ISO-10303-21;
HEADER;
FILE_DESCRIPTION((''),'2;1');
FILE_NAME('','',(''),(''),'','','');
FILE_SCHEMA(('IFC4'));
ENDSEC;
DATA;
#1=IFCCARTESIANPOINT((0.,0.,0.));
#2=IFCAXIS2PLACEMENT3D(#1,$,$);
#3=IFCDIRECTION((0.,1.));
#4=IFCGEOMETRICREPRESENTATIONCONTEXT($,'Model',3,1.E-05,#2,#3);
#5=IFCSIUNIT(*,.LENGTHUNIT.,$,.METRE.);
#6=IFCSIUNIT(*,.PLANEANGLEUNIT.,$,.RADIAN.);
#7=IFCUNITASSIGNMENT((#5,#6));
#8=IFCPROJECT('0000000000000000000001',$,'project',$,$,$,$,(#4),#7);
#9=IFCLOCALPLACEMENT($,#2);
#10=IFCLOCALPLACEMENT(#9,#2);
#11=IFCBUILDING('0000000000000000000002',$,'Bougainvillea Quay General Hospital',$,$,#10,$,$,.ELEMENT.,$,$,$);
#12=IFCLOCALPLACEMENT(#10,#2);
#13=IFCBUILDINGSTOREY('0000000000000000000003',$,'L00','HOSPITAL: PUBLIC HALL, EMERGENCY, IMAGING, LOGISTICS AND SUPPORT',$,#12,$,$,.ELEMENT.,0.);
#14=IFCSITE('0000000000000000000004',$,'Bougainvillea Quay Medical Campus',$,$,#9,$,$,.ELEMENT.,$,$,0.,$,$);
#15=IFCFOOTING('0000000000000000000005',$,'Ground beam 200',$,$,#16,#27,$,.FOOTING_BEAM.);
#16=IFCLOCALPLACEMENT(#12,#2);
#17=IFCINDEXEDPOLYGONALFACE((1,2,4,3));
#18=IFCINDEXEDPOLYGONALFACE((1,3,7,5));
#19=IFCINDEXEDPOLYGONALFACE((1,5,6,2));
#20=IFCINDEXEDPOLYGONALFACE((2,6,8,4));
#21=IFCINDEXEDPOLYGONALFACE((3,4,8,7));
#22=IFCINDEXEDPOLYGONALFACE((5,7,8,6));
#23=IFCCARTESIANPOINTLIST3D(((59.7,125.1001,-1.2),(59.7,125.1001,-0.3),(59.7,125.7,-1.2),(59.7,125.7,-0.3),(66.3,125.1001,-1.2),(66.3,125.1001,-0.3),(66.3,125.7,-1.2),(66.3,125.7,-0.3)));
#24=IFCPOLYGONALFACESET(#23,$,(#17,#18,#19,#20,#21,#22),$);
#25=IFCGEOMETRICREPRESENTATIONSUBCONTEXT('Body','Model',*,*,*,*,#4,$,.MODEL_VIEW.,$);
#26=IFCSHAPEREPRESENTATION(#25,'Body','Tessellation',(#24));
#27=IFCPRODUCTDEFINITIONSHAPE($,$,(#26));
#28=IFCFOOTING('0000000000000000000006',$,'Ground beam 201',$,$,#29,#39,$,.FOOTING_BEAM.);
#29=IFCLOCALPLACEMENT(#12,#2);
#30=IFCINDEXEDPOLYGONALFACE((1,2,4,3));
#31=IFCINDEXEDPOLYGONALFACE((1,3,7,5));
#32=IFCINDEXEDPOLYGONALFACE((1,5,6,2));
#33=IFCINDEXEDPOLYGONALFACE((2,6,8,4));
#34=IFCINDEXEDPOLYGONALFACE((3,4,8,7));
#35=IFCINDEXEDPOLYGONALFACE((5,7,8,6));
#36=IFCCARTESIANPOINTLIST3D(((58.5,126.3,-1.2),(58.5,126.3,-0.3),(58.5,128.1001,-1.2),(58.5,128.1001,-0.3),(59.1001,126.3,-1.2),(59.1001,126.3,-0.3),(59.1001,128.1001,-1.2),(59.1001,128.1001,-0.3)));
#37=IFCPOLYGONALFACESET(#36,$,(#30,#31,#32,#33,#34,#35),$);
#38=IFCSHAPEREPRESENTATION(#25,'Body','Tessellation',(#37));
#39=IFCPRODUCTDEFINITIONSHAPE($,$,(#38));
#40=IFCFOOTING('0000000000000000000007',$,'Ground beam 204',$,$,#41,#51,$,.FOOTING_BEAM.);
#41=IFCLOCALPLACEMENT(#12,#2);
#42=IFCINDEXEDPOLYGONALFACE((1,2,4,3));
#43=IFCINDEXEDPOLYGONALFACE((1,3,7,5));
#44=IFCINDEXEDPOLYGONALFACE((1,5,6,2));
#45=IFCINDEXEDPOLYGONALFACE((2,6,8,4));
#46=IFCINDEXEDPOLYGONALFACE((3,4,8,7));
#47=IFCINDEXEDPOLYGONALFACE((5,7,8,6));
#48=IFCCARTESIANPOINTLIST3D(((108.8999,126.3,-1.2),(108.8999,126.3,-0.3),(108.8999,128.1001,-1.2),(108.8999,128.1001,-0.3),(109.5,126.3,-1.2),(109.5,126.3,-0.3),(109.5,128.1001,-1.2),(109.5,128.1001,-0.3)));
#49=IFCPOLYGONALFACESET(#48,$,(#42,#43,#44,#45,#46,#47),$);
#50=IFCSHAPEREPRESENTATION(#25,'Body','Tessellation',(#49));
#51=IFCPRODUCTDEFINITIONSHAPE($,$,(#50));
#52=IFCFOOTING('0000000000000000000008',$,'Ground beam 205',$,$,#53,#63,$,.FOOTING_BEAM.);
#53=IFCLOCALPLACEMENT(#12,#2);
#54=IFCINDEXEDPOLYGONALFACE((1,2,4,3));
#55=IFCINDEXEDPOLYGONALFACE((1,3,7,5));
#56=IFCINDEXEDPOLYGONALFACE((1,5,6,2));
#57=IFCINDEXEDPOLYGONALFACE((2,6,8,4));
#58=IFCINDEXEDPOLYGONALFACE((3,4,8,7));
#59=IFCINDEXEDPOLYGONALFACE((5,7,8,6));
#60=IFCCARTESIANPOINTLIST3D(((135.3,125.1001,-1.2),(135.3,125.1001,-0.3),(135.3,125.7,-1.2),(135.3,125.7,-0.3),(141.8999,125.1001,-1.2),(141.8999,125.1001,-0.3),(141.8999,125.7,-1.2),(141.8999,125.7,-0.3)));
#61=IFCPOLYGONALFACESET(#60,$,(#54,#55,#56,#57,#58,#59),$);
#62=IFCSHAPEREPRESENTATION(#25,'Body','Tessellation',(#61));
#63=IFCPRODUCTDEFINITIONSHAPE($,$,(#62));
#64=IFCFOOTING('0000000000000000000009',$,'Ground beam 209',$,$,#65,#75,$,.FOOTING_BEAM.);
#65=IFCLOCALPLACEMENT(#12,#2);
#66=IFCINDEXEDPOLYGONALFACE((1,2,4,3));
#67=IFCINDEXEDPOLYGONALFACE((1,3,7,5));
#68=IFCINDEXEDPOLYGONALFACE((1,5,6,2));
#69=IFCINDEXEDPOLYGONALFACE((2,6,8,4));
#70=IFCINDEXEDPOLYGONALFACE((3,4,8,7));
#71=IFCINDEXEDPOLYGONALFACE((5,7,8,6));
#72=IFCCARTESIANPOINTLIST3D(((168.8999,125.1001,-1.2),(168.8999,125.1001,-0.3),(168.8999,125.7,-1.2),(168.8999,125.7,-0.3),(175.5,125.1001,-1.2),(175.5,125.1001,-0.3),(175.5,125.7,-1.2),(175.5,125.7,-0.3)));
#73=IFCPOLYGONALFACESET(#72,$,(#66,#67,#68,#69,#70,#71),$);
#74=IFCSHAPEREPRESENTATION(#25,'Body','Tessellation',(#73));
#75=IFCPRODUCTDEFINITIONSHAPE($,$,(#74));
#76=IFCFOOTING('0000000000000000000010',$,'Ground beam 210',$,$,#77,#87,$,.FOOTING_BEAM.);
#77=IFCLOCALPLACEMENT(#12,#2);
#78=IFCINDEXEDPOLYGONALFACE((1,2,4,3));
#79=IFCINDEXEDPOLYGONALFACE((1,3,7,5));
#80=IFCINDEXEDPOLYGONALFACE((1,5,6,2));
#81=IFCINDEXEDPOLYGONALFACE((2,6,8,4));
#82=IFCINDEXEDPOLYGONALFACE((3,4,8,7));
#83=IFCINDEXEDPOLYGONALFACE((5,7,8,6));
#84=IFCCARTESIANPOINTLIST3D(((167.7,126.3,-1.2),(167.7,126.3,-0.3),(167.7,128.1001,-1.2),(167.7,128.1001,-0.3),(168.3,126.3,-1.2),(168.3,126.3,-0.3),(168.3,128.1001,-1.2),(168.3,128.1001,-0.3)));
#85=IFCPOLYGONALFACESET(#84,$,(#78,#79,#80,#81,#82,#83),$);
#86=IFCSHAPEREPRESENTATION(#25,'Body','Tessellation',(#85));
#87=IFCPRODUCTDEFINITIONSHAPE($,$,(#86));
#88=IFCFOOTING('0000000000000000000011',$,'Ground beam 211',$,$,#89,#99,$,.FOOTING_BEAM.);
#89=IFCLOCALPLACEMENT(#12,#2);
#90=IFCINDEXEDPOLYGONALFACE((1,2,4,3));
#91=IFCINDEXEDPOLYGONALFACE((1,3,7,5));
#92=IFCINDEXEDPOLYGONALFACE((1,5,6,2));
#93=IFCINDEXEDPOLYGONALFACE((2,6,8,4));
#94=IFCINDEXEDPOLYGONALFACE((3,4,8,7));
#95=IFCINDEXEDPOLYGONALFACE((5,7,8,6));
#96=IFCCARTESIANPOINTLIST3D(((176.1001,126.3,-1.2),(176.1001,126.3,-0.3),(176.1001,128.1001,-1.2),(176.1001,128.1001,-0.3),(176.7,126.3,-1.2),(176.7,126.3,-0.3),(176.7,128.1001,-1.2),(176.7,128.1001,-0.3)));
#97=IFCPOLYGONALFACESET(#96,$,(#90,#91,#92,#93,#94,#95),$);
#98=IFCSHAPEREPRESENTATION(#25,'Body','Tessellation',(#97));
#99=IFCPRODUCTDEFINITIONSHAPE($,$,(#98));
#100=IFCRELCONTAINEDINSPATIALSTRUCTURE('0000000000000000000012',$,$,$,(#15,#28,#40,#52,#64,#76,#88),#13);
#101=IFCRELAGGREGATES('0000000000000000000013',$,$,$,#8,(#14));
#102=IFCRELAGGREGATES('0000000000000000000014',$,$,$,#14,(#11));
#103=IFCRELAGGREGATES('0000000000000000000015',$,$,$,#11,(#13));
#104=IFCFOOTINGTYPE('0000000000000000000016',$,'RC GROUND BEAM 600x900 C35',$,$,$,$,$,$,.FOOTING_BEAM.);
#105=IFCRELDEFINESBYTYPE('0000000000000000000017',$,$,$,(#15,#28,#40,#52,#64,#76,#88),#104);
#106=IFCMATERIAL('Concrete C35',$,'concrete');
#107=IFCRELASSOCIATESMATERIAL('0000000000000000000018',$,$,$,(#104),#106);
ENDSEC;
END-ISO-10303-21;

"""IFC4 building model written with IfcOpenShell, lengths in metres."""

from ifc_helpers import new_model, si_unit, direction, frame, origin, origin_2d, place, context, subcontext, project, spatial, polyline, rectangle, outline, extrude, material, material_profile, profile_set, type_object, element, save


model = new_model("IFC4")

# Units and contexts
model_context = context("Model", 3, precision=1e-05, world=origin(), true_north=direction((0.0, 1.0)))
body_context = subcontext(model_context, "Body", "Model", "MODEL_VIEW")
ifc_project = project(units=[si_unit("LENGTHUNIT", "METRE"), si_unit("PLANEANGLEUNIT", "RADIAN")], contexts=[model_context])

# Site, building, storey
site_placement = place(None, origin())
site = spatial("IfcSite", under=ifc_project, at=site_placement, Name="Bougainvillea Quay Medical Campus", CompositionType="ELEMENT", RefElevation=0.0)
building_placement = place(site_placement, origin())
building = spatial("IfcBuilding", under=site, at=building_placement, Name="Bougainvillea Quay General Hospital", CompositionType="ELEMENT")
storey_placement = place(building_placement, origin())
storey = spatial("IfcBuildingStorey", under=building, at=storey_placement, Name="L00", Description="HOSPITAL: PUBLIC HALL, EMERGENCY, IMAGING, LOGISTICS AND SUPPORT", CompositionType="ELEMENT", Elevation=0.0)

# Footings
ifc_material = material(Name="Concrete C35", Category="concrete")
ifc_material_profile = material_profile(ifc_material, rectangle(XDim=0.6001, YDim=0.8999, at=origin_2d()))
ifc_profile_set = profile_set([ifc_material_profile], Name="Concrete C35")
footing_type = type_object("IfcFootingType", Name="RC GROUND BEAM 600x900 C35", PredefinedType="FOOTING_BEAM", material=ifc_profile_set)
footing_1_placement = place(storey_placement, frame((0.0, 0.0, -1.2)))
element("IfcFooting", 1, at=footing_1_placement, inside=storey, type_object=footing_type, Name="Ground beam 200", PredefinedType="FOOTING_BEAM", context=body_context, shape_type="SweptSolid", body=[
    extrude(outline(polyline([(59.7, 125.7), (66.3, 125.7), (66.3, 125.1001), (59.7, 125.1001), (59.7, 125.7)])), origin(), (0.0, 0.0, 1.0), 0.8999),
])
footing_2_placement = place(storey_placement, frame((0.0, 0.0, -1.2)))
element("IfcFooting", 2, at=footing_2_placement, inside=storey, type_object=footing_type, Name="Ground beam 201", PredefinedType="FOOTING_BEAM", context=body_context, shape_type="SweptSolid", body=[
    extrude(outline(polyline([(58.5, 126.3), (58.5, 128.1001), (59.1001, 128.1001), (59.1001, 126.3), (58.5, 126.3)])), origin(), (0.0, 0.0, 1.0), 0.8999),
])
footing_3_placement = place(storey_placement, frame((0.0, 0.0, -1.2)))
element("IfcFooting", 3, at=footing_3_placement, inside=storey, type_object=footing_type, Name="Ground beam 204", PredefinedType="FOOTING_BEAM", context=body_context, shape_type="SweptSolid", body=[
    extrude(outline(polyline([(108.8999, 126.3), (108.8999, 128.1001), (109.5, 128.1001), (109.5, 126.3), (108.8999, 126.3)])), origin(), (0.0, 0.0, 1.0), 0.8999),
])
footing_4_placement = place(storey_placement, frame((0.0, 0.0, -1.2)))
element("IfcFooting", 4, at=footing_4_placement, inside=storey, type_object=footing_type, Name="Ground beam 205", PredefinedType="FOOTING_BEAM", context=body_context, shape_type="SweptSolid", body=[
    extrude(outline(polyline([(135.3, 125.7), (141.8999, 125.7), (141.8999, 125.1001), (135.3, 125.1001), (135.3, 125.7)])), origin(), (0.0, 0.0, 1.0), 0.8999),
])
footing_5_placement = place(storey_placement, frame((0.0, 0.0, -1.2)))
element("IfcFooting", 5, at=footing_5_placement, inside=storey, type_object=footing_type, Name="Ground beam 209", PredefinedType="FOOTING_BEAM", context=body_context, shape_type="SweptSolid", body=[
    extrude(outline(polyline([(168.8999, 125.7), (175.5, 125.7), (175.5, 125.1001), (168.8999, 125.1001), (168.8999, 125.7)])), origin(), (0.0, 0.0, 1.0), 0.8999),
])
footing_6_placement = place(storey_placement, frame((0.0, 0.0, -1.2)))
element("IfcFooting", 6, at=footing_6_placement, inside=storey, type_object=footing_type, Name="Ground beam 210", PredefinedType="FOOTING_BEAM", context=body_context, shape_type="SweptSolid", body=[
    extrude(outline(polyline([(167.7, 126.3), (167.7, 128.1001), (168.3, 128.1001), (168.3, 126.3), (167.7, 126.3)])), origin(), (0.0, 0.0, 1.0), 0.8999),
])
footing_7_placement = place(storey_placement, frame((0.0, 0.0, -1.2)))
element("IfcFooting", 7, at=footing_7_placement, inside=storey, type_object=footing_type, Name="Ground beam 211", PredefinedType="FOOTING_BEAM", context=body_context, shape_type="SweptSolid", body=[
    extrude(outline(polyline([(176.1001, 126.3), (176.1001, 128.1001), (176.7, 128.1001), (176.7, 126.3), (176.1001, 126.3)])), origin(), (0.0, 0.0, 1.0), 0.8999),
])

save(model, "model.ifc")
